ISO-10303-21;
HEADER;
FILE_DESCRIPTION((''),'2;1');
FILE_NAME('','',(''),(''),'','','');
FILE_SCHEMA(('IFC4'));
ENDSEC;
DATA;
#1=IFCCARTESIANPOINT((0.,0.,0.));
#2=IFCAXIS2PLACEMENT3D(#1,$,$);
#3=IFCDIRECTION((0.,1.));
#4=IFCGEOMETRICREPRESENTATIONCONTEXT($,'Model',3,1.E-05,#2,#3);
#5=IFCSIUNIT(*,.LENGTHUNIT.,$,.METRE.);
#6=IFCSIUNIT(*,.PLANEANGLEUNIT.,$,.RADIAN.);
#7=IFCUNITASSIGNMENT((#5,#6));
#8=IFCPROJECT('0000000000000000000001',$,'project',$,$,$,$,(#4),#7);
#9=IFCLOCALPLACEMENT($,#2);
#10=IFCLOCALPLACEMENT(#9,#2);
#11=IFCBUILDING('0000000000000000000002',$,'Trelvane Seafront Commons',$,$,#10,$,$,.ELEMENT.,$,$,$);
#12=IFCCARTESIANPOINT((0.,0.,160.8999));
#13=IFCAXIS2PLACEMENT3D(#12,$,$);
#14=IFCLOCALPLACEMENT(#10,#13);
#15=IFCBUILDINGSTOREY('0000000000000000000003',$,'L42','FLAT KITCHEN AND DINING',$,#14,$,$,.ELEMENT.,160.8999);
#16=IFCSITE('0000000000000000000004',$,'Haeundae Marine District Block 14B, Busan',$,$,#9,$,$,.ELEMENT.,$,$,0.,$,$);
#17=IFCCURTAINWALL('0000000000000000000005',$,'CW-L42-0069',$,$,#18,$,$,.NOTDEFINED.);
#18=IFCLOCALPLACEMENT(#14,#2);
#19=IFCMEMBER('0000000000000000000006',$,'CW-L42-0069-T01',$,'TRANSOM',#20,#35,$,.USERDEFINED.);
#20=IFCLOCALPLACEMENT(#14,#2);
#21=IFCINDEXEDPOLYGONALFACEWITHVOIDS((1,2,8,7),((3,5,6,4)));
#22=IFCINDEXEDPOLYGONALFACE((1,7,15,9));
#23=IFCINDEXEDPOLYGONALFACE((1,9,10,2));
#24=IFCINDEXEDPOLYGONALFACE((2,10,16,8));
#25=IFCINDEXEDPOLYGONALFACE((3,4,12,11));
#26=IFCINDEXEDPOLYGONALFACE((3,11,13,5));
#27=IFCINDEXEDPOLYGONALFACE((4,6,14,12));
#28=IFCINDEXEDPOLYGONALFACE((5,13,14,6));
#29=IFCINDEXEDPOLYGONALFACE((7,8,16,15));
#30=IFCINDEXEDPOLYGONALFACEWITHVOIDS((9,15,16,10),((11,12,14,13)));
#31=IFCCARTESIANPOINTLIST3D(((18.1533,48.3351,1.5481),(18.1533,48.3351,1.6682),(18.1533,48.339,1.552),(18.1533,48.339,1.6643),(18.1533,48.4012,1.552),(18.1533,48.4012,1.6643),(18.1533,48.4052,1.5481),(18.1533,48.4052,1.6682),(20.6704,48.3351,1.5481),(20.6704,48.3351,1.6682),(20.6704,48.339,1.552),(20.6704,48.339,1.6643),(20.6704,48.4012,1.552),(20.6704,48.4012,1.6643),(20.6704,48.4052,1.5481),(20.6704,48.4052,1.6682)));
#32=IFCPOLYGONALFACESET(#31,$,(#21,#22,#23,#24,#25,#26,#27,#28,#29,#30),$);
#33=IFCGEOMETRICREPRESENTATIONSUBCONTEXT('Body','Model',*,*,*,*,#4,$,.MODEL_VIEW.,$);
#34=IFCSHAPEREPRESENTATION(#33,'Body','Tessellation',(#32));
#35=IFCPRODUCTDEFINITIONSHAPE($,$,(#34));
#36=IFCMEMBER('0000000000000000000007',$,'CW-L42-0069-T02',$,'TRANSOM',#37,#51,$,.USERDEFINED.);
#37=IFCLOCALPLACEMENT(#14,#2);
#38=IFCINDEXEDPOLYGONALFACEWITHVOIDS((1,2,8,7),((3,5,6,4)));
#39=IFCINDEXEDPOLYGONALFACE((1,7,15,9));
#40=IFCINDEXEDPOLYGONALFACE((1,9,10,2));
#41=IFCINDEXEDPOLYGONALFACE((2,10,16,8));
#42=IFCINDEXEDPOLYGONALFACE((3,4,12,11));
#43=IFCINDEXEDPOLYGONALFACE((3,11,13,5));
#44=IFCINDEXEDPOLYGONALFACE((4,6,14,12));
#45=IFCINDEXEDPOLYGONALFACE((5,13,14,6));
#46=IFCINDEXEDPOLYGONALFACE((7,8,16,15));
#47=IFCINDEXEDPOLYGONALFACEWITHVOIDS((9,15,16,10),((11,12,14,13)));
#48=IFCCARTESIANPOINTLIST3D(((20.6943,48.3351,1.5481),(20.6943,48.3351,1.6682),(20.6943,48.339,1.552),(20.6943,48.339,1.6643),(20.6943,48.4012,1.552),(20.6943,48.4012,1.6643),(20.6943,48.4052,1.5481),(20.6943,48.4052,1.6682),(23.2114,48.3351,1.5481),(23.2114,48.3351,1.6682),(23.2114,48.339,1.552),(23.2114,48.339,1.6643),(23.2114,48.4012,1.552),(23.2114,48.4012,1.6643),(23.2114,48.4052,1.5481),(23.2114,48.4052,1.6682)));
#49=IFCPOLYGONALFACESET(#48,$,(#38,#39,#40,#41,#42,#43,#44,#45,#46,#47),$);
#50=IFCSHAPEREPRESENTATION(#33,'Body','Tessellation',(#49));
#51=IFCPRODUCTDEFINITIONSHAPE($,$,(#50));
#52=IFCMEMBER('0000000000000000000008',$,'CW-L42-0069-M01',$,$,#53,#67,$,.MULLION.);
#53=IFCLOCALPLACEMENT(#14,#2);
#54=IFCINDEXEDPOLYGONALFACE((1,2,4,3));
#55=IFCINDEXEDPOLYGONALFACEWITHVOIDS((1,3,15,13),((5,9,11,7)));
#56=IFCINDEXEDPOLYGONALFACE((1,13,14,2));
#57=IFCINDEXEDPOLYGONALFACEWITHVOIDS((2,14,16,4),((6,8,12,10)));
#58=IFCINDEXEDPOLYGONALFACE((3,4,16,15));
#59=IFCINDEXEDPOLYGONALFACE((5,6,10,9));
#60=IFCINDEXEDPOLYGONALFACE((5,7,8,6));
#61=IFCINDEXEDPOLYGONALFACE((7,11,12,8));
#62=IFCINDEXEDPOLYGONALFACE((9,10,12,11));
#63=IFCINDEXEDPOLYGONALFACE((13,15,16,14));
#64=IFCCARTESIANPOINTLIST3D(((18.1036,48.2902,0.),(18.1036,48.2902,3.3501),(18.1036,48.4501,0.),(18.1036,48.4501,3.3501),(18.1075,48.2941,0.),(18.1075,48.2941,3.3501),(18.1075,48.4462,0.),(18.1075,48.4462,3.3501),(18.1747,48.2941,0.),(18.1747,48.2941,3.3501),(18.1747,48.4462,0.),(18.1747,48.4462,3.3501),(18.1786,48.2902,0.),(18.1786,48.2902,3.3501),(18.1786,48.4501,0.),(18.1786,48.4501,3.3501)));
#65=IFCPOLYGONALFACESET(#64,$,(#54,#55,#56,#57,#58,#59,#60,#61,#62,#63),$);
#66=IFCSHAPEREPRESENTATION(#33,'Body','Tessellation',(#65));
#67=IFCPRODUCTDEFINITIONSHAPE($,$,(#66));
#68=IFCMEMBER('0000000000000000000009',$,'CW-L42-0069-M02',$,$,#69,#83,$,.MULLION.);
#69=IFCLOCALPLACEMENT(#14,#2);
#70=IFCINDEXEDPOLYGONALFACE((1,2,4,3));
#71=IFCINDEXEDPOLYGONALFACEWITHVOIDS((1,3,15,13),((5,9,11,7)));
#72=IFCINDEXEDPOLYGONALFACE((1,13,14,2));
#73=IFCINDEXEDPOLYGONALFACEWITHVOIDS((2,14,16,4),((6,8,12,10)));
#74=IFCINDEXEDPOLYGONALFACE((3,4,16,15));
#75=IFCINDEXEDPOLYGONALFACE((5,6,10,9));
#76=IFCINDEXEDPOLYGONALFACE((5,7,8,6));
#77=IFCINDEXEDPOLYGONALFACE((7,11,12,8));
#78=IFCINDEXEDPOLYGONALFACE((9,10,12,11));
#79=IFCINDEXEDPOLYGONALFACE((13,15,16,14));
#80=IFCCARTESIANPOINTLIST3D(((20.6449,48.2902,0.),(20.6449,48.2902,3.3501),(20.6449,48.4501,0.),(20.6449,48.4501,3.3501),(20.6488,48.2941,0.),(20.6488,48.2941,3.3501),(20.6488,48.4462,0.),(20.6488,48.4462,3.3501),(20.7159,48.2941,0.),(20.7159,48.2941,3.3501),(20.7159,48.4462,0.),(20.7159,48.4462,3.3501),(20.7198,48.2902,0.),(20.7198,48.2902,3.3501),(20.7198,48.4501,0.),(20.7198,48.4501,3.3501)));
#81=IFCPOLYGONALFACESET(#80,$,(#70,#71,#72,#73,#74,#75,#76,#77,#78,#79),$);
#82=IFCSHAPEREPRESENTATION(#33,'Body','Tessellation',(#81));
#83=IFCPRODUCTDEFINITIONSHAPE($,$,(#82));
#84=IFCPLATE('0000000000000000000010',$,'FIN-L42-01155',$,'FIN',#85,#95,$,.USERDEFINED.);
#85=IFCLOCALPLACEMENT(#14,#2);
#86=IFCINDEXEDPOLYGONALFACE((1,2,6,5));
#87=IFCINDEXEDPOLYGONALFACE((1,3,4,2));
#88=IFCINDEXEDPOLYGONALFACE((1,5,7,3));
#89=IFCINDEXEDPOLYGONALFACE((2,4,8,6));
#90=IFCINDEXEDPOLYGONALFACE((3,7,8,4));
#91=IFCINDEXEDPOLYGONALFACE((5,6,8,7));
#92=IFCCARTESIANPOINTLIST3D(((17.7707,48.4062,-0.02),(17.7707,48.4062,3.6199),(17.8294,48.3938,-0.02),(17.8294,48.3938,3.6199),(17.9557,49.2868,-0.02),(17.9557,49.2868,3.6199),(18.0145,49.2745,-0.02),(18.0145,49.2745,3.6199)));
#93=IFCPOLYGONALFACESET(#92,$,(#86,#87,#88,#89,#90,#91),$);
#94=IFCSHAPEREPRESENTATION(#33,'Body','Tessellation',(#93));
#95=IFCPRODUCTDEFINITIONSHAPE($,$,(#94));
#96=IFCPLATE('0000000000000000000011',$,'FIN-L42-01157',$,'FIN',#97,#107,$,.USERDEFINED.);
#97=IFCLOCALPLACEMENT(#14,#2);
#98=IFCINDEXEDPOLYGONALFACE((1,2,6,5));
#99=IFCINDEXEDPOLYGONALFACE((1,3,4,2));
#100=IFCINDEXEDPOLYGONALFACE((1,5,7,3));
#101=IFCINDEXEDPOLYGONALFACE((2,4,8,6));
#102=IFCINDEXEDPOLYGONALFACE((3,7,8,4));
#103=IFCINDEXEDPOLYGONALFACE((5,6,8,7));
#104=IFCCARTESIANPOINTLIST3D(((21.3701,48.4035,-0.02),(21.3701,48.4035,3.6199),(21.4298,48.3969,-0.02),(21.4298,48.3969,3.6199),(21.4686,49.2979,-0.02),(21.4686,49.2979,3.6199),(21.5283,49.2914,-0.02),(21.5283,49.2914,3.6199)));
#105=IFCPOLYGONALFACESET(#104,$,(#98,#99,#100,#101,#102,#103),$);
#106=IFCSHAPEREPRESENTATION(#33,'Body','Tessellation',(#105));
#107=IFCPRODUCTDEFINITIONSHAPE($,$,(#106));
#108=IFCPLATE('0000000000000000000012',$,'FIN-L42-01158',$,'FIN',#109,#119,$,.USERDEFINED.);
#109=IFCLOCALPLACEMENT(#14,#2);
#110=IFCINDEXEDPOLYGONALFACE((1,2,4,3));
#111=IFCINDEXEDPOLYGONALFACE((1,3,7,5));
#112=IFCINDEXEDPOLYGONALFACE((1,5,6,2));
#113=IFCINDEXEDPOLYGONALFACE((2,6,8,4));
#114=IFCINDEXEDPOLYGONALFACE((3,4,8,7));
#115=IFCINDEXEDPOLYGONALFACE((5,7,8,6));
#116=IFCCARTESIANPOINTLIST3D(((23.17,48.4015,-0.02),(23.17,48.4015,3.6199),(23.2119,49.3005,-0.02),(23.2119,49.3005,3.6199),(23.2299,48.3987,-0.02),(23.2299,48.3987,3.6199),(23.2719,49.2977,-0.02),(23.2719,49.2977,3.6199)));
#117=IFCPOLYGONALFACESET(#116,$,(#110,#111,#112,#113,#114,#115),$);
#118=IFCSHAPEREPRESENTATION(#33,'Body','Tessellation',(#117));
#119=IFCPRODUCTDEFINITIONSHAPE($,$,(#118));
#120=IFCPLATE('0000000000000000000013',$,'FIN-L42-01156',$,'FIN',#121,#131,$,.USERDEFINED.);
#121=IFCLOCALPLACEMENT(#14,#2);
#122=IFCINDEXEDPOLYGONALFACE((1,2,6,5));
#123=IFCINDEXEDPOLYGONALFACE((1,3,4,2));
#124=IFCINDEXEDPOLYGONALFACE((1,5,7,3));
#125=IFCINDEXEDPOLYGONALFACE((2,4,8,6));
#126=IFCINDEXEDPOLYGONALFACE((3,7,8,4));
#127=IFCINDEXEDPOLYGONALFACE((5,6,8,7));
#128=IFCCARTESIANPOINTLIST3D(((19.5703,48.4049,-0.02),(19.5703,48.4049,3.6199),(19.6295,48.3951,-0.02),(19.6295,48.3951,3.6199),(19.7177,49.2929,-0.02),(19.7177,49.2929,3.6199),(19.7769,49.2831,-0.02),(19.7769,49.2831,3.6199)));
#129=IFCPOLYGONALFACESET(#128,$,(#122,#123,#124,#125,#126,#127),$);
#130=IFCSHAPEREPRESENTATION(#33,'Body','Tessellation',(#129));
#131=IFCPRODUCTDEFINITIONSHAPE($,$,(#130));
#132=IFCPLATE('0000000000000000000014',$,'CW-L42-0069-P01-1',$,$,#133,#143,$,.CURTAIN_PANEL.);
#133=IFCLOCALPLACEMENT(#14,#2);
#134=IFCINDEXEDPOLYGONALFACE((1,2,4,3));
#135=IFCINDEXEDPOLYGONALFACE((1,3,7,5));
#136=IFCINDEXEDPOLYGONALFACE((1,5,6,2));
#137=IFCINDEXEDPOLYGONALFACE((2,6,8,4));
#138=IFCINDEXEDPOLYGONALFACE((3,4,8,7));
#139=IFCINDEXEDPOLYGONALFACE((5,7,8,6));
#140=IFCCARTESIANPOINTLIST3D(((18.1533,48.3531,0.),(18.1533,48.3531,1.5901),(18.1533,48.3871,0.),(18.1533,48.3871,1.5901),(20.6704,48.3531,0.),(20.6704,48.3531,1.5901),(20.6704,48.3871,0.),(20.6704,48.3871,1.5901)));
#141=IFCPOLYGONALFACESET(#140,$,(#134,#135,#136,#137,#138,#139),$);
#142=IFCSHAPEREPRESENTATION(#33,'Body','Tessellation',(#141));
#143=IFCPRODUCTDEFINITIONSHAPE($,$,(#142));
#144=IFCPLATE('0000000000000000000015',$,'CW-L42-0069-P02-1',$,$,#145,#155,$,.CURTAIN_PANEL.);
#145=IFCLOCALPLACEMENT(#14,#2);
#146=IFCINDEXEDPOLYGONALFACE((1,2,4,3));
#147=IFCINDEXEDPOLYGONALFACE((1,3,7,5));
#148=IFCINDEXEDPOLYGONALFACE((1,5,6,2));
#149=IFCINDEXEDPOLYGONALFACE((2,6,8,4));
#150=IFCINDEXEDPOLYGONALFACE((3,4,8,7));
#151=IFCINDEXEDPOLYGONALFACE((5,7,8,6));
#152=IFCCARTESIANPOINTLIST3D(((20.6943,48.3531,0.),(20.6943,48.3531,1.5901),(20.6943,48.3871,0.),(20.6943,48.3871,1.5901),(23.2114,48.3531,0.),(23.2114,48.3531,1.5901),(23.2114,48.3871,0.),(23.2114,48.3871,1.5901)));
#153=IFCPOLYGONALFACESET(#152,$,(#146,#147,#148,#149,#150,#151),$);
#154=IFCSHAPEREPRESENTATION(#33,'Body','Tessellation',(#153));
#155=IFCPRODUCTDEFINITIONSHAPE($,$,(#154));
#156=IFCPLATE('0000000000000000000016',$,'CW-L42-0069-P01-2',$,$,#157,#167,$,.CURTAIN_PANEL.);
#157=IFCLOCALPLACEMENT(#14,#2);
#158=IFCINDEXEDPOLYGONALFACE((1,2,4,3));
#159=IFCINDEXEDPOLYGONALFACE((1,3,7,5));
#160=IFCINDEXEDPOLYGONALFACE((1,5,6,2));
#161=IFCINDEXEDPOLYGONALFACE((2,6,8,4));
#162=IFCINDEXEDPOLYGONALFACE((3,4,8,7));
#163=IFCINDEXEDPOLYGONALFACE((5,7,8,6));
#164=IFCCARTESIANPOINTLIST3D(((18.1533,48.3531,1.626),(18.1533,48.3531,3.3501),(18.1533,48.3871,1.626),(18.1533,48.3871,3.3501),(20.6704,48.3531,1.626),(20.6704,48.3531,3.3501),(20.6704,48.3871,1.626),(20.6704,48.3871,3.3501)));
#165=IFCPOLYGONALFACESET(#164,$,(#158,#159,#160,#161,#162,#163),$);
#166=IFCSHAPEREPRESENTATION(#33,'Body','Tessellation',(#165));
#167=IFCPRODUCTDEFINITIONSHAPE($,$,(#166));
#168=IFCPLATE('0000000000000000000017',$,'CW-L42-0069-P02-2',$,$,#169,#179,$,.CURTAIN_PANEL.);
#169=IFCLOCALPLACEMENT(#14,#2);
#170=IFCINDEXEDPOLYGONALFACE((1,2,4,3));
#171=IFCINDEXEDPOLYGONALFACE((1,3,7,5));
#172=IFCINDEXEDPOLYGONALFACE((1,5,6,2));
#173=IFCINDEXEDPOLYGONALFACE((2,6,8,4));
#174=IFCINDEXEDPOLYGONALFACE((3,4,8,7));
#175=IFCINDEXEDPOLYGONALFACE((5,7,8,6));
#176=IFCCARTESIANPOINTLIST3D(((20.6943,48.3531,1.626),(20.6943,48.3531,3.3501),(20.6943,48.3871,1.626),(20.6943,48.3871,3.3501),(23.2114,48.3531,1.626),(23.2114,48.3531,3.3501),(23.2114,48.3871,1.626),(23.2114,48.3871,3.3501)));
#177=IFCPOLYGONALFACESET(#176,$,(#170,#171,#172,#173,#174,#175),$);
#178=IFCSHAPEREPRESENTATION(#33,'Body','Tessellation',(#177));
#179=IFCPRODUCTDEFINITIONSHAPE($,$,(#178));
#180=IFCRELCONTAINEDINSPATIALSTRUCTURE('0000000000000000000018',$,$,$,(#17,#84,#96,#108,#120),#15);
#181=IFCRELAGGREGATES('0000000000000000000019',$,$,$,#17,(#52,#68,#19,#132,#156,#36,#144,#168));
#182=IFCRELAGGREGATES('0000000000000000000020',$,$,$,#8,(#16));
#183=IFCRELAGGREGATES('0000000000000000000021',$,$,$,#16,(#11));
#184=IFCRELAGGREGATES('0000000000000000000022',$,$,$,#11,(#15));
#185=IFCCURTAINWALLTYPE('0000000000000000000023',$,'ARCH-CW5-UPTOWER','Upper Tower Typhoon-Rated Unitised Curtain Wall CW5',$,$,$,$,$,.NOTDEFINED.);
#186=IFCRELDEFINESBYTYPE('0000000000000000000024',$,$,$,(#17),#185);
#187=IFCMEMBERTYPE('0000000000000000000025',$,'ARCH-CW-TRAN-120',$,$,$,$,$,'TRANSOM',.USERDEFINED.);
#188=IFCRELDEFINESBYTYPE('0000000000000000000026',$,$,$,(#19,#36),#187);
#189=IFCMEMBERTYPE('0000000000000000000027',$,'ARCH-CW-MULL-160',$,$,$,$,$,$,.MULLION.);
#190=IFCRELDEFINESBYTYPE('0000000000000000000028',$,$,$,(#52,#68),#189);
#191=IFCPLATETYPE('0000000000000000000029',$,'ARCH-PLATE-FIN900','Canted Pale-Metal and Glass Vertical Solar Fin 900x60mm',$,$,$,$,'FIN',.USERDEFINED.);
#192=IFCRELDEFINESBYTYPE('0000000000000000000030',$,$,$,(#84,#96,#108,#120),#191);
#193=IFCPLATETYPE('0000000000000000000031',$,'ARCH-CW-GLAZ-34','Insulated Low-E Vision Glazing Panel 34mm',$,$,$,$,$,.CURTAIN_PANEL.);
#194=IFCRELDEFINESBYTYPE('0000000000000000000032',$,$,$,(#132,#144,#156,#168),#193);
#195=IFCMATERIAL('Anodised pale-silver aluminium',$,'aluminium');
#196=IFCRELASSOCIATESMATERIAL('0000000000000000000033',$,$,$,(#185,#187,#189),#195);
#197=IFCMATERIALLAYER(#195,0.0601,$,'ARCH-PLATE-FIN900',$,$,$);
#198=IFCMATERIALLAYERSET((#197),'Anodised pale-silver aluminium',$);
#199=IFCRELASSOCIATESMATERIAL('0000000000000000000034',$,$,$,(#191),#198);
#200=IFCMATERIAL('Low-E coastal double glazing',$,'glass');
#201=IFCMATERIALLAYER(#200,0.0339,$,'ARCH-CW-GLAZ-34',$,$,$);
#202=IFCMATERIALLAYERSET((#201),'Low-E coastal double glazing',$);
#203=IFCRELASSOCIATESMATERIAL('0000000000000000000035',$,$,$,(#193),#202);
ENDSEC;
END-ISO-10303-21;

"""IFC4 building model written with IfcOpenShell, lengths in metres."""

from ifc_helpers import new_model, si_unit, direction, frame, origin, origin_2d, place, context, subcontext, project, spatial, rectangle, hollow_rectangle, extrude, source, transform, mapped, material, layer, layer_set, material_profile, profile_set, type_object, element, aggregate, save


model = new_model("IFC4")

# Units and contexts
model_context = context("Model", 3, precision=1e-05, world=origin(), true_north=direction((0.0, 1.0)))
body_context = subcontext(model_context, "Body", "Model", "MODEL_VIEW")
ifc_project = project(units=[si_unit("LENGTHUNIT", "METRE"), si_unit("PLANEANGLEUNIT", "RADIAN")], contexts=[model_context])

# Site, building, storey
site_placement = place(None, origin())
site = spatial("IfcSite", under=ifc_project, at=site_placement, Name="Haeundae Marine District Block 14B, Busan", CompositionType="ELEMENT", RefElevation=0.0)
building_placement = place(site_placement, origin())
building = spatial("IfcBuilding", under=site, at=building_placement, Name="Trelvane Seafront Commons", CompositionType="ELEMENT")
storey_placement = place(building_placement, frame((0.0, 0.0, 160.8999)))
storey = spatial("IfcBuildingStorey", under=building, at=storey_placement, Name="L42", Description="FLAT KITCHEN AND DINING", CompositionType="ELEMENT", Elevation=160.8999)

# Curtain wall, members
ifc_material_1 = material(Name="Anodised pale-silver aluminium", Category="aluminium")
curtain_wall_type = type_object("IfcCurtainWallType", Name="ARCH-CW5-UPTOWER", Description="Upper Tower Typhoon-Rated Unitised Curtain Wall CW5", PredefinedType="NOTDEFINED", material=ifc_material_1)
curtain_wall_placement = place(storey_placement, origin())
curtain_wall = element("IfcCurtainWall", 1, at=curtain_wall_placement, inside=storey, type_object=curtain_wall_type, Name="CW-L42-0069", PredefinedType="NOTDEFINED")
ifc_material_profile_1 = material_profile(ifc_material_1, hollow_rectangle(XDim=0.0701, YDim=0.1201, WallThickness=0.0039, at=origin_2d()), Name="TRAN-70x120x4")
ifc_profile_set_1 = profile_set([ifc_material_profile_1], Name="Anodised pale-silver aluminium")
member_type_1 = type_object("IfcMemberType", Name="ARCH-CW-TRAN-120", ElementType="TRANSOM", PredefinedType="USERDEFINED", material=ifc_profile_set_1)
shared_shape_1 = source(origin(), body_context, "Body", "SweptSolid", [
    extrude(hollow_rectangle(XDim=0.0701, YDim=0.1201, WallThickness=0.0039, at=origin_2d()), origin(), (0.0, 0.0, 1.0), 2.5171),
])
member_1_placement = place(storey_placement, frame((18.1533, 48.3701, 1.6082), z_axis=(1.0, 0.0, 0.0), x_axis=(0.0, 1.0, 0.0)))
member_1 = element("IfcMember", 2, at=member_1_placement, type_object=member_type_1, Name="CW-L42-0069-T01", ObjectType="TRANSOM", PredefinedType="USERDEFINED", context=body_context, shape_type="MappedRepresentation", body=[
    mapped(shared_shape_1, transform((0.0, 0.0, 0.0), x_axis=(1.0, 0.0, 0.0), y_axis=(0.0, 1.0, 0.0), z_axis=(0.0, 0.0, 1.0), scale=1.0)),
])
member_2_placement = place(storey_placement, frame((20.6943, 48.3701, 1.6082), z_axis=(1.0, 0.0, 0.0), x_axis=(0.0, 1.0, 0.0)))
member_2 = element("IfcMember", 3, at=member_2_placement, type_object=member_type_1, Name="CW-L42-0069-T02", ObjectType="TRANSOM", PredefinedType="USERDEFINED", context=body_context, shape_type="MappedRepresentation", body=[
    mapped(shared_shape_1, transform((0.0, 0.0, 0.0), x_axis=(1.0, 0.0, 0.0), y_axis=(0.0, 1.0, 0.0), z_axis=(0.0, 0.0, 1.0), scale=1.0)),
])
ifc_material_profile_2 = material_profile(ifc_material_1, hollow_rectangle(XDim=0.075, YDim=0.1599, WallThickness=0.0039, at=origin_2d()), Name="MULL-75x160x4")
ifc_profile_set_2 = profile_set([ifc_material_profile_2], Name="Anodised pale-silver aluminium")
member_type_2 = type_object("IfcMemberType", Name="ARCH-CW-MULL-160", PredefinedType="MULLION", material=ifc_profile_set_2)
shared_shape_2 = source(origin(), body_context, "Body", "SweptSolid", [
    extrude(hollow_rectangle(XDim=0.075, YDim=0.1599, WallThickness=0.0039, at=origin_2d()), origin(), (0.0, 0.0, 1.0), 3.3501),
])
member_3_placement = place(storey_placement, frame((18.1411, 48.3701, 0.0), z_axis=(0.0, 0.0, 1.0), x_axis=(1.0, 0.0, 0.0)))
member_3 = element("IfcMember", 4, at=member_3_placement, type_object=member_type_2, Name="CW-L42-0069-M01", PredefinedType="MULLION", context=body_context, shape_type="MappedRepresentation", body=[
    mapped(shared_shape_2, transform((0.0, 0.0, 0.0), x_axis=(1.0, 0.0, 0.0), y_axis=(0.0, 1.0, 0.0), z_axis=(0.0, 0.0, 1.0), scale=1.0)),
])
member_4_placement = place(storey_placement, frame((20.6824, 48.3701, 0.0), z_axis=(0.0, 0.0, 1.0), x_axis=(1.0, 0.0, 0.0)))
member_4 = element("IfcMember", 5, at=member_4_placement, type_object=member_type_2, Name="CW-L42-0069-M02", PredefinedType="MULLION", context=body_context, shape_type="MappedRepresentation", body=[
    mapped(shared_shape_2, transform((0.0, 0.0, 0.0), x_axis=(1.0, 0.0, 0.0), y_axis=(0.0, 1.0, 0.0), z_axis=(0.0, 0.0, 1.0), scale=1.0)),
])

# Plates
ifc_layer_1 = layer(ifc_material_1, 0.0601, Name="ARCH-PLATE-FIN900")
ifc_layer_set_1 = layer_set([ifc_layer_1], Name="Anodised pale-silver aluminium")
plate_type_1 = type_object("IfcPlateType", Name="ARCH-PLATE-FIN900", Description="Canted Pale-Metal and Glass Vertical Solar Fin 900x60mm", ElementType="FIN", PredefinedType="USERDEFINED", material=ifc_layer_set_1)
shared_shape_3 = source(origin(), body_context, "Body", "SweptSolid", [
    extrude(rectangle(XDim=0.8999, YDim=0.0601, at=origin_2d()), origin(), (0.0, 0.0, 1.0), 3.6399),
])
for number, where, z_axis, x_axis, name in (
    (6, (17.8926, 48.8403, -0.02), (0.0, 0.0, 1.0), (0.205658, 0.978624, 0.0), "FIN-L42-01155"),
    (7, (21.4492, 48.8474, -0.02), (0.0, 0.0, 1.0), (0.109443, 0.993993, 0.0), "FIN-L42-01157"),
    (8, (23.2209, 48.8496, -0.02), (0.0, 0.0, 1.0), (0.046667, 0.99891, 0.0), "FIN-L42-01158"),
):
    element("IfcPlate", number, at=place(storey_placement, frame(where, z_axis=z_axis, x_axis=x_axis)), inside=storey, type_object=plate_type_1, Name=name, ObjectType="FIN", PredefinedType="USERDEFINED", context=body_context, shape_type="MappedRepresentation", body=[
        mapped(shared_shape_3, transform((0.0, 0.0, 0.0), x_axis=(1.0, 0.0, 0.0), y_axis=(0.0, 1.0, 0.0), z_axis=(0.0, 0.0, 1.0), scale=1.0)),
    ])
shared_shape_4 = source(origin(), body_context, "Body", "SweptSolid", [
    extrude(rectangle(XDim=0.9001, YDim=0.0601, at=origin_2d()), origin(), (0.0, 0.0, 1.0), 3.6399),
])
plate_1_placement = place(storey_placement, frame((19.6736, 48.844, -0.02), z_axis=(0.0, 0.0, 1.0), x_axis=(0.163768, 0.986499, 0.0)))
element("IfcPlate", 9, at=plate_1_placement, inside=storey, type_object=plate_type_1, Name="FIN-L42-01156", ObjectType="FIN", PredefinedType="USERDEFINED", context=body_context, shape_type="MappedRepresentation", body=[
    mapped(shared_shape_4, transform((0.0, 0.0, 0.0), x_axis=(1.0, 0.0, 0.0), y_axis=(0.0, 1.0, 0.0), z_axis=(0.0, 0.0, 1.0), scale=1.0)),
])

# Plates
ifc_material_2 = material(Name="Low-E coastal double glazing", Category="glass")
ifc_layer_2 = layer(ifc_material_2, 0.0339, Name="ARCH-CW-GLAZ-34")
ifc_layer_set_2 = layer_set([ifc_layer_2], Name="Low-E coastal double glazing")
plate_type_2 = type_object("IfcPlateType", Name="ARCH-CW-GLAZ-34", Description="Insulated Low-E Vision Glazing Panel 34mm", PredefinedType="CURTAIN_PANEL", material=ifc_layer_set_2)
shared_shape_5 = source(origin(), body_context, "Body", "SweptSolid", [
    extrude(rectangle(XDim=2.5171, YDim=0.0339, at=origin_2d()), origin(), (0.0, 0.0, 1.0), 1.5901),
])
plate_2_placement = place(storey_placement, frame((19.4119, 48.3701, 0.0), z_axis=(0.0, 0.0, 1.0), x_axis=(1.0, 0.0, 0.0)))
plate_2 = element("IfcPlate", 10, at=plate_2_placement, type_object=plate_type_2, Name="CW-L42-0069-P01-1", PredefinedType="CURTAIN_PANEL", context=body_context, shape_type="MappedRepresentation", body=[
    mapped(shared_shape_5, transform((0.0, 0.0, 0.0), x_axis=(1.0, 0.0, 0.0), y_axis=(0.0, 1.0, 0.0), z_axis=(0.0, 0.0, 1.0), scale=1.0)),
])
plate_3_placement = place(storey_placement, frame((21.9529, 48.3701, 0.0), z_axis=(0.0, 0.0, 1.0), x_axis=(1.0, 0.0, 0.0)))
plate_3 = element("IfcPlate", 11, at=plate_3_placement, type_object=plate_type_2, Name="CW-L42-0069-P02-1", PredefinedType="CURTAIN_PANEL", context=body_context, shape_type="MappedRepresentation", body=[
    mapped(shared_shape_5, transform((0.0, 0.0, 0.0), x_axis=(1.0, 0.0, 0.0), y_axis=(0.0, 1.0, 0.0), z_axis=(0.0, 0.0, 1.0), scale=1.0)),
])
shared_shape_6 = source(origin(), body_context, "Body", "SweptSolid", [
    extrude(rectangle(XDim=2.5171, YDim=0.0339, at=origin_2d()), origin(), (0.0, 0.0, 1.0), 1.7241),
])
plate_4_placement = place(storey_placement, frame((19.4119, 48.3701, 1.626), z_axis=(0.0, 0.0, 1.0), x_axis=(1.0, 0.0, 0.0)))
plate_4 = element("IfcPlate", 12, at=plate_4_placement, type_object=plate_type_2, Name="CW-L42-0069-P01-2", PredefinedType="CURTAIN_PANEL", context=body_context, shape_type="MappedRepresentation", body=[
    mapped(shared_shape_6, transform((0.0, 0.0, 0.0), x_axis=(1.0, 0.0, 0.0), y_axis=(0.0, 1.0, 0.0), z_axis=(0.0, 0.0, 1.0), scale=1.0)),
])
plate_5_placement = place(storey_placement, frame((21.9529, 48.3701, 1.626), z_axis=(0.0, 0.0, 1.0), x_axis=(1.0, 0.0, 0.0)))
plate_5 = element("IfcPlate", 13, at=plate_5_placement, type_object=plate_type_2, Name="CW-L42-0069-P02-2", PredefinedType="CURTAIN_PANEL", context=body_context, shape_type="MappedRepresentation", body=[
    mapped(shared_shape_6, transform((0.0, 0.0, 0.0), x_axis=(1.0, 0.0, 0.0), y_axis=(0.0, 1.0, 0.0), z_axis=(0.0, 0.0, 1.0), scale=1.0)),
])
aggregate(curtain_wall, [member_3, member_4, member_1, plate_2, plate_4, member_2, plate_3, plate_5])

save(model, "model.ifc")
